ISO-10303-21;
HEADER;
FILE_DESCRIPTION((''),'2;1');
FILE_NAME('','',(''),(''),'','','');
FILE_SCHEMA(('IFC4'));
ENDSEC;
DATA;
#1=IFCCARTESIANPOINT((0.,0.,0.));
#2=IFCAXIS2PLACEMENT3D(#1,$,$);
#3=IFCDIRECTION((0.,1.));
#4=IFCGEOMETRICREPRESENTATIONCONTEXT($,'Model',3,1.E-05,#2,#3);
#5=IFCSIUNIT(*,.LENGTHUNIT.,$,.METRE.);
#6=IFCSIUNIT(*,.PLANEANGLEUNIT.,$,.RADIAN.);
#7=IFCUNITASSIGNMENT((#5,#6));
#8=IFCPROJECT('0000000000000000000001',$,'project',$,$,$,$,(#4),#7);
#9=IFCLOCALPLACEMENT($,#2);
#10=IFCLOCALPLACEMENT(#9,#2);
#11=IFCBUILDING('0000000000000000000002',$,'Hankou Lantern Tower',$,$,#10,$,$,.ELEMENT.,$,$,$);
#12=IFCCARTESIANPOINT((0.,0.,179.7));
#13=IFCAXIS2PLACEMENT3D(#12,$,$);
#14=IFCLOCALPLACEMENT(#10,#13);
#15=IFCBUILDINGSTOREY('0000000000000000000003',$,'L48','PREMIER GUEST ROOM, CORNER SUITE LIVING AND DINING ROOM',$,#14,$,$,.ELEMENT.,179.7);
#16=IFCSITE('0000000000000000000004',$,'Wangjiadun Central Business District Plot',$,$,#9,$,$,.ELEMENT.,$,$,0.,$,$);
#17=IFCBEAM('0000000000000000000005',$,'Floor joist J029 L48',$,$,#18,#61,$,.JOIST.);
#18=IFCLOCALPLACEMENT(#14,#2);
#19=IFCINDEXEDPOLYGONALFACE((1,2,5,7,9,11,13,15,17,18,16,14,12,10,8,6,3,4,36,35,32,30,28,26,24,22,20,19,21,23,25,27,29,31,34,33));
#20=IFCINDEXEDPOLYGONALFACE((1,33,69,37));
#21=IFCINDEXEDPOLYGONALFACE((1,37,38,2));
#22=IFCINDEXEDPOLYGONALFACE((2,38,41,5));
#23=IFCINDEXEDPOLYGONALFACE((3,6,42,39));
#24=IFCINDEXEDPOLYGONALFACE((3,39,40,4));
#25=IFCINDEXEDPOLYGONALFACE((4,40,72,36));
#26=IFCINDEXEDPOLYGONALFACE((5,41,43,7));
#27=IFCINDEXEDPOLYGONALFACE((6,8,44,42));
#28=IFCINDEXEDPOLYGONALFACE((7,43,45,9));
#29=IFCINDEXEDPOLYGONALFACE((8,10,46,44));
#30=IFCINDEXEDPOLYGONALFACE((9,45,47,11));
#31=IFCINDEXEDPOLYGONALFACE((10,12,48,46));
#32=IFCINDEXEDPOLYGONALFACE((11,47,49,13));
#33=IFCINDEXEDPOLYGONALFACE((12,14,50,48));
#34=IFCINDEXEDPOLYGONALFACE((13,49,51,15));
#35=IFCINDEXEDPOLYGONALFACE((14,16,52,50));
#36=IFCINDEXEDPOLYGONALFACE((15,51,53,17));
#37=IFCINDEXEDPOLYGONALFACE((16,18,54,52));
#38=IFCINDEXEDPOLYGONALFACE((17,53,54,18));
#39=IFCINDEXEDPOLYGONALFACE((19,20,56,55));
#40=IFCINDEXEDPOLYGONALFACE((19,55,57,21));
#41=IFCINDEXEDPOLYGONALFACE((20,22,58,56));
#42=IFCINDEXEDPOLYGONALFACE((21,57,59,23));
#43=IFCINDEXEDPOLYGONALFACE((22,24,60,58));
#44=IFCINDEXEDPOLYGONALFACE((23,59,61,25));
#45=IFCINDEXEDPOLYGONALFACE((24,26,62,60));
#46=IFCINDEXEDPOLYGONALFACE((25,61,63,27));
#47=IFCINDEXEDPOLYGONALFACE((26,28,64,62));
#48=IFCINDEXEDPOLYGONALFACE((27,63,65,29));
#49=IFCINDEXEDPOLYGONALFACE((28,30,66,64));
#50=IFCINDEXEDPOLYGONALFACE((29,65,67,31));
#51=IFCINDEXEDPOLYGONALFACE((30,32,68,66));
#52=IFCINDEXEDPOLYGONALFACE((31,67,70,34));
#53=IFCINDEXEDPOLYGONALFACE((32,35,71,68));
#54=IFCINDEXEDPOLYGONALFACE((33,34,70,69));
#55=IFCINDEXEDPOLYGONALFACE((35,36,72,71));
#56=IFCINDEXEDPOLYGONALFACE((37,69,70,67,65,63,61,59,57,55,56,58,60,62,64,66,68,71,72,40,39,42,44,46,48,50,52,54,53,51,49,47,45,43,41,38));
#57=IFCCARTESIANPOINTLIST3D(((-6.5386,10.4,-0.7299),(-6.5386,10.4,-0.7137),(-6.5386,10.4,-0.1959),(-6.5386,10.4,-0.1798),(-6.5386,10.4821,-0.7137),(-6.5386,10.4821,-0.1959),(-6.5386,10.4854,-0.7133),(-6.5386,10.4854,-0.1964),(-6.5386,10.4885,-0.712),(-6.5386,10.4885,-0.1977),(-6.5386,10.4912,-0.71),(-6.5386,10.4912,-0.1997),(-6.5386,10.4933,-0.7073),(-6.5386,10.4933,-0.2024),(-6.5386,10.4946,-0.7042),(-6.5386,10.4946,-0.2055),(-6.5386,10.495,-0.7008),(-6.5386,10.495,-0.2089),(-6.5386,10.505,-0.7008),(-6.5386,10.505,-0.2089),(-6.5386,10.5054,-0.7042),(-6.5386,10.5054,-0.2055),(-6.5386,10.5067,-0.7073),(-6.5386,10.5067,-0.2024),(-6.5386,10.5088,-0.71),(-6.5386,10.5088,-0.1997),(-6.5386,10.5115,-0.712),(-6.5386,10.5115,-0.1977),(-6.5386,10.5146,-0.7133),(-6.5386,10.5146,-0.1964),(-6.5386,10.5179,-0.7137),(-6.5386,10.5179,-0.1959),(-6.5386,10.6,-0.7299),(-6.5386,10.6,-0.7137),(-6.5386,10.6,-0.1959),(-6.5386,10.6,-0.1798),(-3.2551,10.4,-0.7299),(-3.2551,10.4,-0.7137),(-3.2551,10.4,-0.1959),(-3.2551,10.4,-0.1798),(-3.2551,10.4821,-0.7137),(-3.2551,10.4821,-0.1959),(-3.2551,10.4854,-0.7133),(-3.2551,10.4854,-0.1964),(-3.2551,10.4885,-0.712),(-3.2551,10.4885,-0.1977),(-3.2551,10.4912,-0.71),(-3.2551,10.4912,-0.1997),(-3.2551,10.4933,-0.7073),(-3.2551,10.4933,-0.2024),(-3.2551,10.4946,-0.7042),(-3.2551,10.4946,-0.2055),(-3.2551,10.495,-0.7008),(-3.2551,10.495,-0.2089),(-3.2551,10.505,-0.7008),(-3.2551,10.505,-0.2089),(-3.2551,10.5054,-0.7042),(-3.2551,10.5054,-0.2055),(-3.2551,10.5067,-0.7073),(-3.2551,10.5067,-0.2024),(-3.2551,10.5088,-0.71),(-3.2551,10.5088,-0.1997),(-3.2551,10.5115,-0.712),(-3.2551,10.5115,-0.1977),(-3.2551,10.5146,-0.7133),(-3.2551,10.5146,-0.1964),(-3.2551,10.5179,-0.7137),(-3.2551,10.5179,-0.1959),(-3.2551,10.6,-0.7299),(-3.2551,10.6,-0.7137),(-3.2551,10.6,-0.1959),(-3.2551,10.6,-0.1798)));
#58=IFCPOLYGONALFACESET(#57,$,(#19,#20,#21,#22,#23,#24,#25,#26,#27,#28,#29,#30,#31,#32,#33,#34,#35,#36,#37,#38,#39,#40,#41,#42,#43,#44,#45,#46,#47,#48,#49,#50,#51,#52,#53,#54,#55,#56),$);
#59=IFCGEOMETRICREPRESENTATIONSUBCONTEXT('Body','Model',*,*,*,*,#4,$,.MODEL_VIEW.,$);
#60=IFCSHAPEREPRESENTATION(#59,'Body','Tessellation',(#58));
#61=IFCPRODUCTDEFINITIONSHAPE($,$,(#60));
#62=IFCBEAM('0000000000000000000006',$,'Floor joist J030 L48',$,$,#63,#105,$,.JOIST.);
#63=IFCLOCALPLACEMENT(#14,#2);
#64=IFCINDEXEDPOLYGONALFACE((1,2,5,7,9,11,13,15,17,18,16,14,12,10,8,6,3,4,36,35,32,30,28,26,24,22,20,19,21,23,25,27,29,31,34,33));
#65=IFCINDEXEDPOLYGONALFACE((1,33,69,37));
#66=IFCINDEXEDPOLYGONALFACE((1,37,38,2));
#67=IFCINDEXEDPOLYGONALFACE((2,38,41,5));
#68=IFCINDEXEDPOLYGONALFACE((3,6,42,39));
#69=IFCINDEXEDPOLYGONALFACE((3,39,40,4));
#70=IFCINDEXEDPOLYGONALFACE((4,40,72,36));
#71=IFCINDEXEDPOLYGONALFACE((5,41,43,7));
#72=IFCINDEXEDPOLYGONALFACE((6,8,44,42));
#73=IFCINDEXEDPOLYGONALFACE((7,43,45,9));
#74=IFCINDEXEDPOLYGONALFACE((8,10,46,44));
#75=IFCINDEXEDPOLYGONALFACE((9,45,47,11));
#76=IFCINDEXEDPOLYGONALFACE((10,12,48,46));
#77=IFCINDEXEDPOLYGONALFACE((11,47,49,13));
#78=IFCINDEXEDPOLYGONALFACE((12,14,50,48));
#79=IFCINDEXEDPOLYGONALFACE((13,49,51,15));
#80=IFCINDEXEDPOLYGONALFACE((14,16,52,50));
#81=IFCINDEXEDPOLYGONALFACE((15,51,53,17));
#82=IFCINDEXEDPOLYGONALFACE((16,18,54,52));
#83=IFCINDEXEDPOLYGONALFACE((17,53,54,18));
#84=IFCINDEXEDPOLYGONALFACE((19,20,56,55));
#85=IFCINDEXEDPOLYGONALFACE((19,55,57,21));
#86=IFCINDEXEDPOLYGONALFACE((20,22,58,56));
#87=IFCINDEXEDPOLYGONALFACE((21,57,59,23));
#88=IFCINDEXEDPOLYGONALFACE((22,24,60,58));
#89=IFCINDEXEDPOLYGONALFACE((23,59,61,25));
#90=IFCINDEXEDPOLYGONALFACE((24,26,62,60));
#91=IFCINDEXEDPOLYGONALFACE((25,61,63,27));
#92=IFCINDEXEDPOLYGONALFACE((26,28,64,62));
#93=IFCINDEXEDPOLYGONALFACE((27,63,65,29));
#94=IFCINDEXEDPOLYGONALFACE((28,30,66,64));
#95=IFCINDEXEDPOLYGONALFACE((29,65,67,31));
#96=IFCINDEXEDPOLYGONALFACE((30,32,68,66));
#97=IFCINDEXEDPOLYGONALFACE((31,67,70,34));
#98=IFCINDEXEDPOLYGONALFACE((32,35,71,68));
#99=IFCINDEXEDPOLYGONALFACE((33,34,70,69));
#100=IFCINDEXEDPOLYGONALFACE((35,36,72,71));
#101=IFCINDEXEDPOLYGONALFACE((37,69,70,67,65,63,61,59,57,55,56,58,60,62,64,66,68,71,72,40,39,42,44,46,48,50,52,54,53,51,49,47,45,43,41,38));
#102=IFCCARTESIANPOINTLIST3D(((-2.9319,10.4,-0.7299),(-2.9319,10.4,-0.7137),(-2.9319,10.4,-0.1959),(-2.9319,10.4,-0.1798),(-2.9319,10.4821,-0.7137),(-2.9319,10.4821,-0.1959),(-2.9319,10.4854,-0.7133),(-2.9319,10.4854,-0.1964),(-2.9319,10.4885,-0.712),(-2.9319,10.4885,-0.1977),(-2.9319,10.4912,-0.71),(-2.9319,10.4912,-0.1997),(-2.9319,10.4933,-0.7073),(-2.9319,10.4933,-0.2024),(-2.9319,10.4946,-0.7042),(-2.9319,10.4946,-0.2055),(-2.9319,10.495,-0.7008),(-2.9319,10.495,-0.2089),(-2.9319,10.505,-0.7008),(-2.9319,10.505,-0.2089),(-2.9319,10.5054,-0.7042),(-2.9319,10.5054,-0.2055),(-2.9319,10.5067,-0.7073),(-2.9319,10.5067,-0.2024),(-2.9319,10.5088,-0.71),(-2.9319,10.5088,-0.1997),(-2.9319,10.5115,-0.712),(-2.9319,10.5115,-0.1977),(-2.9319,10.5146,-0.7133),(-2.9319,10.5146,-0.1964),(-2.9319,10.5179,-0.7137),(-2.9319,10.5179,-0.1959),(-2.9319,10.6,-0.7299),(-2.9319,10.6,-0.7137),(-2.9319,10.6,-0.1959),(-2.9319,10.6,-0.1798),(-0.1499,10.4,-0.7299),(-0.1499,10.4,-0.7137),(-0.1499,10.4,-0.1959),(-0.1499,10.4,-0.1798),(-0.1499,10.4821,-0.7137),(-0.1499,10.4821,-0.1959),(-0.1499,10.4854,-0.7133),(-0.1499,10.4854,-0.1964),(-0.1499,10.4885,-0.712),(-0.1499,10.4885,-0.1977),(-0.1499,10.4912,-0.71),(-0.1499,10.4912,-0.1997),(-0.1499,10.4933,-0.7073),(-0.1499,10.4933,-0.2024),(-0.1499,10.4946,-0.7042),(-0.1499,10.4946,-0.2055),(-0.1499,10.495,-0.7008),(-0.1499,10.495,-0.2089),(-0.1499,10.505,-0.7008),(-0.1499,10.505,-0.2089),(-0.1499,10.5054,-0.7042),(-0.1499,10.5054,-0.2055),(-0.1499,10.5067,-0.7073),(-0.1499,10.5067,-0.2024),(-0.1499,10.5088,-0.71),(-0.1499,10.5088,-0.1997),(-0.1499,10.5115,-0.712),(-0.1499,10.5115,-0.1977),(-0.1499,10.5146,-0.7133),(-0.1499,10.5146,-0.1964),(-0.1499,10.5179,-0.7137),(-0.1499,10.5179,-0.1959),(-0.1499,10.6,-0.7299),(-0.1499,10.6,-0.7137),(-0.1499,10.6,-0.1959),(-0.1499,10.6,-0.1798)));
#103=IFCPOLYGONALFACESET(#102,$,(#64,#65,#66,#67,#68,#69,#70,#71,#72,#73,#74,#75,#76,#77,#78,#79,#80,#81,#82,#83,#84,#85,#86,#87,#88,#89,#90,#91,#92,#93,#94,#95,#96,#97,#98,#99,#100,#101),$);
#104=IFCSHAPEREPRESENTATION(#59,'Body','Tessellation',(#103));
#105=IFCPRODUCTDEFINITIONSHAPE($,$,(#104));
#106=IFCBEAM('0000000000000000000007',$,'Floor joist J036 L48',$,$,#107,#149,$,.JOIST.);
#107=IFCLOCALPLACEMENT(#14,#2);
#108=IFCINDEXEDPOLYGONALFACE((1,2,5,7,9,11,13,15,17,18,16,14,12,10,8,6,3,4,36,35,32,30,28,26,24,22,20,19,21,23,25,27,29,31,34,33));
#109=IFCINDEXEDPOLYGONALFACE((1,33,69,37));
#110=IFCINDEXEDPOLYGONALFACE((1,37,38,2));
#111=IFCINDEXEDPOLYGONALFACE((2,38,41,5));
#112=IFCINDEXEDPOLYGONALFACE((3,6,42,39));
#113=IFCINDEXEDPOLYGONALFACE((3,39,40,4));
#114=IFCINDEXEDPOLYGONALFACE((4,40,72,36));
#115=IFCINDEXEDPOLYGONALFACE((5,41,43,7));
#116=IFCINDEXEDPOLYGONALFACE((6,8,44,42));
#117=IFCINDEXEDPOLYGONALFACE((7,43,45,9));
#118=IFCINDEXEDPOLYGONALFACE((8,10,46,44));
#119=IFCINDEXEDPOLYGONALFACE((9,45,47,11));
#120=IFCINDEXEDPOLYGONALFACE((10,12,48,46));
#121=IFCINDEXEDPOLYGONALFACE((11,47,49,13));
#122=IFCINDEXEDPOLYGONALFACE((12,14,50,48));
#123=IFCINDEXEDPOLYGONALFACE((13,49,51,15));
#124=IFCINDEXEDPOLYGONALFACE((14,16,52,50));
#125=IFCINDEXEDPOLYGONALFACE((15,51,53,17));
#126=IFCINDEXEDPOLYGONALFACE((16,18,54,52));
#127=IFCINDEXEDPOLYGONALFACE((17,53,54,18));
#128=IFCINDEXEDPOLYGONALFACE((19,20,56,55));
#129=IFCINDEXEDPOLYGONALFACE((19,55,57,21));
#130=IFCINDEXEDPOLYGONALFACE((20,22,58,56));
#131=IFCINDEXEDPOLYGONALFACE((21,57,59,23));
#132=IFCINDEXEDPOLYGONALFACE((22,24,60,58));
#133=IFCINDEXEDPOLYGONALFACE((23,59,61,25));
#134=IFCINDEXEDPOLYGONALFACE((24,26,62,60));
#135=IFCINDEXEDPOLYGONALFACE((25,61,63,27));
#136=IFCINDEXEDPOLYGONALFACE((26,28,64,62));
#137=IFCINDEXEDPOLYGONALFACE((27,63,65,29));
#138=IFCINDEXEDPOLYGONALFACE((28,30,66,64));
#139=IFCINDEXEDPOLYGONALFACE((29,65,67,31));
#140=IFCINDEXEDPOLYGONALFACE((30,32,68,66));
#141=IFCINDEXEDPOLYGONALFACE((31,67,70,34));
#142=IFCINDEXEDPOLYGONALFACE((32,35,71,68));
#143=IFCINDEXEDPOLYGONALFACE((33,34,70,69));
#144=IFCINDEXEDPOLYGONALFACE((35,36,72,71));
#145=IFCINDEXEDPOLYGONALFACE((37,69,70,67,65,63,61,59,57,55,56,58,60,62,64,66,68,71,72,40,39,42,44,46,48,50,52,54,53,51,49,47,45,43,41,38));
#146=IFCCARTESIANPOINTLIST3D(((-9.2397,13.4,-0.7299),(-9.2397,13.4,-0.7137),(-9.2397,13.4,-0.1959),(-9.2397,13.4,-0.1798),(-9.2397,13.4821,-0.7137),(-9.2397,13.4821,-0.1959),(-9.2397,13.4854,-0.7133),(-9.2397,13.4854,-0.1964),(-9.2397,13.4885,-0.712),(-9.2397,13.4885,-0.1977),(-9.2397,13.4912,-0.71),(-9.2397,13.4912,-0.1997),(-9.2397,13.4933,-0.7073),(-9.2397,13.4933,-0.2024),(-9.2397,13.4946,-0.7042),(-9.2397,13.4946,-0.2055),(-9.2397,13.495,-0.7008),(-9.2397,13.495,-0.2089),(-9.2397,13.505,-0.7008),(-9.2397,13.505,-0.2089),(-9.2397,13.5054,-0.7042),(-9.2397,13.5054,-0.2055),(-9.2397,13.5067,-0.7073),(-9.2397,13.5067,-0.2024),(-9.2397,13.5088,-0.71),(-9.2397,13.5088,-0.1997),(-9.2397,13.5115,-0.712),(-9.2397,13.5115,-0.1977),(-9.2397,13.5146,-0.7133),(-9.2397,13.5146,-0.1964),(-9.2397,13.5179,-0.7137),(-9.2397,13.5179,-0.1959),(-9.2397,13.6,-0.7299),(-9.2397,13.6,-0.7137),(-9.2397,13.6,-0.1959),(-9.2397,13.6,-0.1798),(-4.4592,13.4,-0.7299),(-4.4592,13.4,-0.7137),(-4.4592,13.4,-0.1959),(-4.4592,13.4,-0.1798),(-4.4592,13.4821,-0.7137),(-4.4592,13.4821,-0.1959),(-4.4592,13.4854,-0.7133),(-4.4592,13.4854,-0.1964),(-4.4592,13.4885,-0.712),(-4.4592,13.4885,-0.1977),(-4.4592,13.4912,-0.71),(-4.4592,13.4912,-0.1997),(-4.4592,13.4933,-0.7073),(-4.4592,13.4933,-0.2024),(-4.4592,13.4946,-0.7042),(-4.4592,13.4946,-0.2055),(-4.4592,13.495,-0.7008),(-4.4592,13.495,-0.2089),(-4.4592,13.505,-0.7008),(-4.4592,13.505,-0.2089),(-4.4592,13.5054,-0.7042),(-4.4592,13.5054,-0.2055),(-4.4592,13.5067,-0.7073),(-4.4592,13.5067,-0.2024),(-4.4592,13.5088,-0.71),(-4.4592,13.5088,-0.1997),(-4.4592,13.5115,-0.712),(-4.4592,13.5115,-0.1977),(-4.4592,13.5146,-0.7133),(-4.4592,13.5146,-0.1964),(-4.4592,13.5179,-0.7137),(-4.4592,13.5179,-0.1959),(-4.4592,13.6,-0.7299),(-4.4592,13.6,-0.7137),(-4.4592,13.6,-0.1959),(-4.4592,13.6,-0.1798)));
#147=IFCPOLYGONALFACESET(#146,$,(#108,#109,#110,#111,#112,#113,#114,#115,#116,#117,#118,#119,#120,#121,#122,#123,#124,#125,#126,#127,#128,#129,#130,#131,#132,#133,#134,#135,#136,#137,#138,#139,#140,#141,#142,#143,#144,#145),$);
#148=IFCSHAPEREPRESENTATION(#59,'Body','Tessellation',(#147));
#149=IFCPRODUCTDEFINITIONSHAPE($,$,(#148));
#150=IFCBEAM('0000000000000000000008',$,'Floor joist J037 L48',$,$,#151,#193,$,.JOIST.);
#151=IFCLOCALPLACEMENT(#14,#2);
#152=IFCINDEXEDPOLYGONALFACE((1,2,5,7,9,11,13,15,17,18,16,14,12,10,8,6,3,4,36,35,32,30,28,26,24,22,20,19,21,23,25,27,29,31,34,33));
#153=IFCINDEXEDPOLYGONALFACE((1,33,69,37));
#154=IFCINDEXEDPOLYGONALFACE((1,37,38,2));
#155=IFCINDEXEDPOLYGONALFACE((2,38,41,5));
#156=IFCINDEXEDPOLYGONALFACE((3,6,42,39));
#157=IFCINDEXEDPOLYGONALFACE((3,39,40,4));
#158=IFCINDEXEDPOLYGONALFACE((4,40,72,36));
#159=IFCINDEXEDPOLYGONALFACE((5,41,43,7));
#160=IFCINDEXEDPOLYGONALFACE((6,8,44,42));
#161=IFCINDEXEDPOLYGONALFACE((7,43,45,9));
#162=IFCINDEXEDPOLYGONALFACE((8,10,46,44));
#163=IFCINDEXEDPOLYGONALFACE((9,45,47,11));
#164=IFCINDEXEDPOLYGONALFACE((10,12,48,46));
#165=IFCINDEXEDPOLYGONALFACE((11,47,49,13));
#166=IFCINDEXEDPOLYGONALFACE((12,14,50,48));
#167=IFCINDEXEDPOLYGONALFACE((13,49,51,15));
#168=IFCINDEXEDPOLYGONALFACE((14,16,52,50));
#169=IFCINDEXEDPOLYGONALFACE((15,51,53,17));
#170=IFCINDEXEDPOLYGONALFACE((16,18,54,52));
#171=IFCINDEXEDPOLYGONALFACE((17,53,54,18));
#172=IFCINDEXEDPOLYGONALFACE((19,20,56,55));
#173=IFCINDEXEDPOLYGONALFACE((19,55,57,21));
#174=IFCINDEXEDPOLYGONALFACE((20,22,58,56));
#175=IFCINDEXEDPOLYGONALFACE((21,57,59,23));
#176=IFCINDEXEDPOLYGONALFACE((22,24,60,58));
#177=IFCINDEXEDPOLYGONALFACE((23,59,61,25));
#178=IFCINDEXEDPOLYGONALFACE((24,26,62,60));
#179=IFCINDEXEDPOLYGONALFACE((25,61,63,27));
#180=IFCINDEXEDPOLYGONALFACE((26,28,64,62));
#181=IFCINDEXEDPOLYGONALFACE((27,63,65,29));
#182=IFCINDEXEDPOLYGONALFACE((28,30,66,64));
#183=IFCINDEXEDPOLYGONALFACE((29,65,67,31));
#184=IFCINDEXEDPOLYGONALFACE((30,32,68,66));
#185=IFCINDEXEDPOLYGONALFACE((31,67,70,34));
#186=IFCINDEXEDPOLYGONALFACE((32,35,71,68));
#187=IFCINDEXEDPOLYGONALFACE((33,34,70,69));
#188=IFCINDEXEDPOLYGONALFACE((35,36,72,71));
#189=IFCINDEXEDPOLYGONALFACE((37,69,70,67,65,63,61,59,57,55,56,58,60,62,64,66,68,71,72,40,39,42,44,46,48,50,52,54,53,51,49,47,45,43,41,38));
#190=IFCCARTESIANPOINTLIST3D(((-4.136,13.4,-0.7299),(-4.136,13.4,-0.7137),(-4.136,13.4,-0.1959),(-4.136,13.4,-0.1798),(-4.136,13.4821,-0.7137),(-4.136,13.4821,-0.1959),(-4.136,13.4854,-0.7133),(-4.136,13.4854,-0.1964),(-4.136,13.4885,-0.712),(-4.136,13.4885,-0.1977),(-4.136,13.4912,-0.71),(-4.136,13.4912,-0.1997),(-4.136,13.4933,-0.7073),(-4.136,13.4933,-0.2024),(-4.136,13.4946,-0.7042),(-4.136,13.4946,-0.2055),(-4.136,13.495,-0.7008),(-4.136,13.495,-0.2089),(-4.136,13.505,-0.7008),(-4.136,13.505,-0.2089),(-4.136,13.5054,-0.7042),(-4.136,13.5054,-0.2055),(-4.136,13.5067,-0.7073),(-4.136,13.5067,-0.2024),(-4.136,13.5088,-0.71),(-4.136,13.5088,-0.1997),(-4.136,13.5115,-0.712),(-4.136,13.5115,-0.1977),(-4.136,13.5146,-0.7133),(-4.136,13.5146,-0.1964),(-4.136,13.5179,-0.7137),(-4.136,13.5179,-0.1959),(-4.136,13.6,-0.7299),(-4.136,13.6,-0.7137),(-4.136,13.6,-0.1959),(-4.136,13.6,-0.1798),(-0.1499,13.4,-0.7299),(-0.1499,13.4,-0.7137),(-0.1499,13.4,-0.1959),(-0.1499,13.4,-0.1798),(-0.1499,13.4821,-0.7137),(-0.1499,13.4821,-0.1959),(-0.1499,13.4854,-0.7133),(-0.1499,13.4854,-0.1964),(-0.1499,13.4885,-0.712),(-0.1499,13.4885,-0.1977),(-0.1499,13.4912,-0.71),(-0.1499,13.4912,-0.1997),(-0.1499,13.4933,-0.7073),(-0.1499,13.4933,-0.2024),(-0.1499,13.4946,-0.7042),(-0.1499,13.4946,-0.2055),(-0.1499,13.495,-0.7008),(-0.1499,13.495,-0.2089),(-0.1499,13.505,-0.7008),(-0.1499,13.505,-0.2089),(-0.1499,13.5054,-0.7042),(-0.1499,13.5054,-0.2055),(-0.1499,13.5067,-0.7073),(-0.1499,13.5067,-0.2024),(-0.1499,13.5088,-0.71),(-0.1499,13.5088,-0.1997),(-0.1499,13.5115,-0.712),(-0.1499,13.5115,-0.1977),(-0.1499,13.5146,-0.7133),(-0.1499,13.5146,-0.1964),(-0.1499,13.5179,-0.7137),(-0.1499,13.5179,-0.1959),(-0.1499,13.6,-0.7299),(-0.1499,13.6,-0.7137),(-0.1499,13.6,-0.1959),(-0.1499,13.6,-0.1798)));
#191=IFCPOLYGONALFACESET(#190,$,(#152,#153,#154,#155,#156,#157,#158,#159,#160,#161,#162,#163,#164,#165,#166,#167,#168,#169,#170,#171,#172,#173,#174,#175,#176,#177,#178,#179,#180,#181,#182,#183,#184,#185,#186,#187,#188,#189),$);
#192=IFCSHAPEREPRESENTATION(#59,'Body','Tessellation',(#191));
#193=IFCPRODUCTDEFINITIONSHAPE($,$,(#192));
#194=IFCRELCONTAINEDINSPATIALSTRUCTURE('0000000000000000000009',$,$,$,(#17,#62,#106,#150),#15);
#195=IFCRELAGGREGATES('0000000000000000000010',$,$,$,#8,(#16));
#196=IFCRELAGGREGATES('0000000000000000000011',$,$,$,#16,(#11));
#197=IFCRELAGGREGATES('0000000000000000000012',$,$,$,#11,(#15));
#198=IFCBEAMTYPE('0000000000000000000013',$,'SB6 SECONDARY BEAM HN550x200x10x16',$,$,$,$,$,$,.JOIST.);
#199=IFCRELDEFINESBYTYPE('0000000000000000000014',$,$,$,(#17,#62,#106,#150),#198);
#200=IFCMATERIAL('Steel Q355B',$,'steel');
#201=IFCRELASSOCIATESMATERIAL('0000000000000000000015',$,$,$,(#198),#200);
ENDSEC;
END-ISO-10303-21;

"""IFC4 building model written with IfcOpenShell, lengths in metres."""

from ifc_helpers import new_model, si_unit, direction, frame, origin, origin_2d, place, context, subcontext, project, spatial, i_section, extrude, material, material_profile, profile_set, type_object, element, save


model = new_model("IFC4")

# Units and contexts
model_context = context("Model", 3, precision=1e-05, world=origin(), true_north=direction((0.0, 1.0)))
body_context = subcontext(model_context, "Body", "Model", "MODEL_VIEW")
ifc_project = project(units=[si_unit("LENGTHUNIT", "METRE"), si_unit("PLANEANGLEUNIT", "RADIAN")], contexts=[model_context])

# Site, building, storey
site_placement = place(None, origin())
site = spatial("IfcSite", under=ifc_project, at=site_placement, Name="Wangjiadun Central Business District Plot", CompositionType="ELEMENT", RefElevation=0.0)
building_placement = place(site_placement, origin())
building = spatial("IfcBuilding", under=site, at=building_placement, Name="Hankou Lantern Tower", CompositionType="ELEMENT")
storey_placement = place(building_placement, frame((0.0, 0.0, 179.7)))
storey = spatial("IfcBuildingStorey", under=building, at=storey_placement, Name="L48", Description="PREMIER GUEST ROOM, CORNER SUITE LIVING AND DINING ROOM", CompositionType="ELEMENT", Elevation=179.7)

# Beams
ifc_material_1 = material(Name="Steel Q355B", Category="steel")
ifc_material_profile_1 = material_profile(ifc_material_1, i_section(OverallWidth=0.2, OverallDepth=0.55, WebThickness=0.01, FlangeThickness=0.0161, FilletRadius=0.0129, at=origin_2d()), Name="HN550x200x10x16")
ifc_profile_set_1 = profile_set([ifc_material_profile_1], Name="Steel Q355B")
beam_type_1 = type_object("IfcBeamType", Name="SB6 SECONDARY BEAM HN550x200x10x16", PredefinedType="JOIST", material=ifc_profile_set_1)
beam_1_placement = place(storey_placement, frame((-6.5386, 10.5, -0.4548), z_axis=(1.0, 0.0, 0.0), x_axis=(0.0, 1.0, 0.0)))
element("IfcBeam", 1, at=beam_1_placement, inside=storey, type_object=beam_type_1, Name="Floor joist J029 L48", PredefinedType="JOIST", context=body_context, shape_type="SweptSolid", body=[
    extrude(i_section(OverallWidth=0.2, OverallDepth=0.55, WebThickness=0.01, FlangeThickness=0.0161, FilletRadius=0.0129, at=origin_2d()), origin(), (0.0, 0.0, 1.0), 3.2834),
])
beam_2_placement = place(storey_placement, frame((-2.9319, 10.5, -0.4548), z_axis=(1.0, 0.0, 0.0), x_axis=(0.0, 1.0, 0.0)))
element("IfcBeam", 2, at=beam_2_placement, inside=storey, type_object=beam_type_1, Name="Floor joist J030 L48", PredefinedType="JOIST", context=body_context, shape_type="SweptSolid", body=[
    extrude(i_section(OverallWidth=0.2, OverallDepth=0.55, WebThickness=0.01, FlangeThickness=0.0161, FilletRadius=0.0129, at=origin_2d()), origin(), (0.0, 0.0, 1.0), 2.782),
])
beam_3_placement = place(storey_placement, frame((-9.2397, 13.5, -0.4548), z_axis=(1.0, 0.0, 0.0), x_axis=(0.0, 1.0, 0.0)))
element("IfcBeam", 3, at=beam_3_placement, inside=storey, type_object=beam_type_1, Name="Floor joist J036 L48", PredefinedType="JOIST", context=body_context, shape_type="SweptSolid", body=[
    extrude(i_section(OverallWidth=0.2, OverallDepth=0.55, WebThickness=0.01, FlangeThickness=0.0161, FilletRadius=0.0129, at=origin_2d()), origin(), (0.0, 0.0, 1.0), 4.7805),
])
beam_4_placement = place(storey_placement, frame((-4.136, 13.5, -0.4548), z_axis=(1.0, 0.0, 0.0), x_axis=(0.0, 1.0, 0.0)))
element("IfcBeam", 4, at=beam_4_placement, inside=storey, type_object=beam_type_1, Name="Floor joist J037 L48", PredefinedType="JOIST", context=body_context, shape_type="SweptSolid", body=[
    extrude(i_section(OverallWidth=0.2, OverallDepth=0.55, WebThickness=0.01, FlangeThickness=0.0161, FilletRadius=0.0129, at=origin_2d()), origin(), (0.0, 0.0, 1.0), 3.9861),
])

save(model, "model.ifc")
